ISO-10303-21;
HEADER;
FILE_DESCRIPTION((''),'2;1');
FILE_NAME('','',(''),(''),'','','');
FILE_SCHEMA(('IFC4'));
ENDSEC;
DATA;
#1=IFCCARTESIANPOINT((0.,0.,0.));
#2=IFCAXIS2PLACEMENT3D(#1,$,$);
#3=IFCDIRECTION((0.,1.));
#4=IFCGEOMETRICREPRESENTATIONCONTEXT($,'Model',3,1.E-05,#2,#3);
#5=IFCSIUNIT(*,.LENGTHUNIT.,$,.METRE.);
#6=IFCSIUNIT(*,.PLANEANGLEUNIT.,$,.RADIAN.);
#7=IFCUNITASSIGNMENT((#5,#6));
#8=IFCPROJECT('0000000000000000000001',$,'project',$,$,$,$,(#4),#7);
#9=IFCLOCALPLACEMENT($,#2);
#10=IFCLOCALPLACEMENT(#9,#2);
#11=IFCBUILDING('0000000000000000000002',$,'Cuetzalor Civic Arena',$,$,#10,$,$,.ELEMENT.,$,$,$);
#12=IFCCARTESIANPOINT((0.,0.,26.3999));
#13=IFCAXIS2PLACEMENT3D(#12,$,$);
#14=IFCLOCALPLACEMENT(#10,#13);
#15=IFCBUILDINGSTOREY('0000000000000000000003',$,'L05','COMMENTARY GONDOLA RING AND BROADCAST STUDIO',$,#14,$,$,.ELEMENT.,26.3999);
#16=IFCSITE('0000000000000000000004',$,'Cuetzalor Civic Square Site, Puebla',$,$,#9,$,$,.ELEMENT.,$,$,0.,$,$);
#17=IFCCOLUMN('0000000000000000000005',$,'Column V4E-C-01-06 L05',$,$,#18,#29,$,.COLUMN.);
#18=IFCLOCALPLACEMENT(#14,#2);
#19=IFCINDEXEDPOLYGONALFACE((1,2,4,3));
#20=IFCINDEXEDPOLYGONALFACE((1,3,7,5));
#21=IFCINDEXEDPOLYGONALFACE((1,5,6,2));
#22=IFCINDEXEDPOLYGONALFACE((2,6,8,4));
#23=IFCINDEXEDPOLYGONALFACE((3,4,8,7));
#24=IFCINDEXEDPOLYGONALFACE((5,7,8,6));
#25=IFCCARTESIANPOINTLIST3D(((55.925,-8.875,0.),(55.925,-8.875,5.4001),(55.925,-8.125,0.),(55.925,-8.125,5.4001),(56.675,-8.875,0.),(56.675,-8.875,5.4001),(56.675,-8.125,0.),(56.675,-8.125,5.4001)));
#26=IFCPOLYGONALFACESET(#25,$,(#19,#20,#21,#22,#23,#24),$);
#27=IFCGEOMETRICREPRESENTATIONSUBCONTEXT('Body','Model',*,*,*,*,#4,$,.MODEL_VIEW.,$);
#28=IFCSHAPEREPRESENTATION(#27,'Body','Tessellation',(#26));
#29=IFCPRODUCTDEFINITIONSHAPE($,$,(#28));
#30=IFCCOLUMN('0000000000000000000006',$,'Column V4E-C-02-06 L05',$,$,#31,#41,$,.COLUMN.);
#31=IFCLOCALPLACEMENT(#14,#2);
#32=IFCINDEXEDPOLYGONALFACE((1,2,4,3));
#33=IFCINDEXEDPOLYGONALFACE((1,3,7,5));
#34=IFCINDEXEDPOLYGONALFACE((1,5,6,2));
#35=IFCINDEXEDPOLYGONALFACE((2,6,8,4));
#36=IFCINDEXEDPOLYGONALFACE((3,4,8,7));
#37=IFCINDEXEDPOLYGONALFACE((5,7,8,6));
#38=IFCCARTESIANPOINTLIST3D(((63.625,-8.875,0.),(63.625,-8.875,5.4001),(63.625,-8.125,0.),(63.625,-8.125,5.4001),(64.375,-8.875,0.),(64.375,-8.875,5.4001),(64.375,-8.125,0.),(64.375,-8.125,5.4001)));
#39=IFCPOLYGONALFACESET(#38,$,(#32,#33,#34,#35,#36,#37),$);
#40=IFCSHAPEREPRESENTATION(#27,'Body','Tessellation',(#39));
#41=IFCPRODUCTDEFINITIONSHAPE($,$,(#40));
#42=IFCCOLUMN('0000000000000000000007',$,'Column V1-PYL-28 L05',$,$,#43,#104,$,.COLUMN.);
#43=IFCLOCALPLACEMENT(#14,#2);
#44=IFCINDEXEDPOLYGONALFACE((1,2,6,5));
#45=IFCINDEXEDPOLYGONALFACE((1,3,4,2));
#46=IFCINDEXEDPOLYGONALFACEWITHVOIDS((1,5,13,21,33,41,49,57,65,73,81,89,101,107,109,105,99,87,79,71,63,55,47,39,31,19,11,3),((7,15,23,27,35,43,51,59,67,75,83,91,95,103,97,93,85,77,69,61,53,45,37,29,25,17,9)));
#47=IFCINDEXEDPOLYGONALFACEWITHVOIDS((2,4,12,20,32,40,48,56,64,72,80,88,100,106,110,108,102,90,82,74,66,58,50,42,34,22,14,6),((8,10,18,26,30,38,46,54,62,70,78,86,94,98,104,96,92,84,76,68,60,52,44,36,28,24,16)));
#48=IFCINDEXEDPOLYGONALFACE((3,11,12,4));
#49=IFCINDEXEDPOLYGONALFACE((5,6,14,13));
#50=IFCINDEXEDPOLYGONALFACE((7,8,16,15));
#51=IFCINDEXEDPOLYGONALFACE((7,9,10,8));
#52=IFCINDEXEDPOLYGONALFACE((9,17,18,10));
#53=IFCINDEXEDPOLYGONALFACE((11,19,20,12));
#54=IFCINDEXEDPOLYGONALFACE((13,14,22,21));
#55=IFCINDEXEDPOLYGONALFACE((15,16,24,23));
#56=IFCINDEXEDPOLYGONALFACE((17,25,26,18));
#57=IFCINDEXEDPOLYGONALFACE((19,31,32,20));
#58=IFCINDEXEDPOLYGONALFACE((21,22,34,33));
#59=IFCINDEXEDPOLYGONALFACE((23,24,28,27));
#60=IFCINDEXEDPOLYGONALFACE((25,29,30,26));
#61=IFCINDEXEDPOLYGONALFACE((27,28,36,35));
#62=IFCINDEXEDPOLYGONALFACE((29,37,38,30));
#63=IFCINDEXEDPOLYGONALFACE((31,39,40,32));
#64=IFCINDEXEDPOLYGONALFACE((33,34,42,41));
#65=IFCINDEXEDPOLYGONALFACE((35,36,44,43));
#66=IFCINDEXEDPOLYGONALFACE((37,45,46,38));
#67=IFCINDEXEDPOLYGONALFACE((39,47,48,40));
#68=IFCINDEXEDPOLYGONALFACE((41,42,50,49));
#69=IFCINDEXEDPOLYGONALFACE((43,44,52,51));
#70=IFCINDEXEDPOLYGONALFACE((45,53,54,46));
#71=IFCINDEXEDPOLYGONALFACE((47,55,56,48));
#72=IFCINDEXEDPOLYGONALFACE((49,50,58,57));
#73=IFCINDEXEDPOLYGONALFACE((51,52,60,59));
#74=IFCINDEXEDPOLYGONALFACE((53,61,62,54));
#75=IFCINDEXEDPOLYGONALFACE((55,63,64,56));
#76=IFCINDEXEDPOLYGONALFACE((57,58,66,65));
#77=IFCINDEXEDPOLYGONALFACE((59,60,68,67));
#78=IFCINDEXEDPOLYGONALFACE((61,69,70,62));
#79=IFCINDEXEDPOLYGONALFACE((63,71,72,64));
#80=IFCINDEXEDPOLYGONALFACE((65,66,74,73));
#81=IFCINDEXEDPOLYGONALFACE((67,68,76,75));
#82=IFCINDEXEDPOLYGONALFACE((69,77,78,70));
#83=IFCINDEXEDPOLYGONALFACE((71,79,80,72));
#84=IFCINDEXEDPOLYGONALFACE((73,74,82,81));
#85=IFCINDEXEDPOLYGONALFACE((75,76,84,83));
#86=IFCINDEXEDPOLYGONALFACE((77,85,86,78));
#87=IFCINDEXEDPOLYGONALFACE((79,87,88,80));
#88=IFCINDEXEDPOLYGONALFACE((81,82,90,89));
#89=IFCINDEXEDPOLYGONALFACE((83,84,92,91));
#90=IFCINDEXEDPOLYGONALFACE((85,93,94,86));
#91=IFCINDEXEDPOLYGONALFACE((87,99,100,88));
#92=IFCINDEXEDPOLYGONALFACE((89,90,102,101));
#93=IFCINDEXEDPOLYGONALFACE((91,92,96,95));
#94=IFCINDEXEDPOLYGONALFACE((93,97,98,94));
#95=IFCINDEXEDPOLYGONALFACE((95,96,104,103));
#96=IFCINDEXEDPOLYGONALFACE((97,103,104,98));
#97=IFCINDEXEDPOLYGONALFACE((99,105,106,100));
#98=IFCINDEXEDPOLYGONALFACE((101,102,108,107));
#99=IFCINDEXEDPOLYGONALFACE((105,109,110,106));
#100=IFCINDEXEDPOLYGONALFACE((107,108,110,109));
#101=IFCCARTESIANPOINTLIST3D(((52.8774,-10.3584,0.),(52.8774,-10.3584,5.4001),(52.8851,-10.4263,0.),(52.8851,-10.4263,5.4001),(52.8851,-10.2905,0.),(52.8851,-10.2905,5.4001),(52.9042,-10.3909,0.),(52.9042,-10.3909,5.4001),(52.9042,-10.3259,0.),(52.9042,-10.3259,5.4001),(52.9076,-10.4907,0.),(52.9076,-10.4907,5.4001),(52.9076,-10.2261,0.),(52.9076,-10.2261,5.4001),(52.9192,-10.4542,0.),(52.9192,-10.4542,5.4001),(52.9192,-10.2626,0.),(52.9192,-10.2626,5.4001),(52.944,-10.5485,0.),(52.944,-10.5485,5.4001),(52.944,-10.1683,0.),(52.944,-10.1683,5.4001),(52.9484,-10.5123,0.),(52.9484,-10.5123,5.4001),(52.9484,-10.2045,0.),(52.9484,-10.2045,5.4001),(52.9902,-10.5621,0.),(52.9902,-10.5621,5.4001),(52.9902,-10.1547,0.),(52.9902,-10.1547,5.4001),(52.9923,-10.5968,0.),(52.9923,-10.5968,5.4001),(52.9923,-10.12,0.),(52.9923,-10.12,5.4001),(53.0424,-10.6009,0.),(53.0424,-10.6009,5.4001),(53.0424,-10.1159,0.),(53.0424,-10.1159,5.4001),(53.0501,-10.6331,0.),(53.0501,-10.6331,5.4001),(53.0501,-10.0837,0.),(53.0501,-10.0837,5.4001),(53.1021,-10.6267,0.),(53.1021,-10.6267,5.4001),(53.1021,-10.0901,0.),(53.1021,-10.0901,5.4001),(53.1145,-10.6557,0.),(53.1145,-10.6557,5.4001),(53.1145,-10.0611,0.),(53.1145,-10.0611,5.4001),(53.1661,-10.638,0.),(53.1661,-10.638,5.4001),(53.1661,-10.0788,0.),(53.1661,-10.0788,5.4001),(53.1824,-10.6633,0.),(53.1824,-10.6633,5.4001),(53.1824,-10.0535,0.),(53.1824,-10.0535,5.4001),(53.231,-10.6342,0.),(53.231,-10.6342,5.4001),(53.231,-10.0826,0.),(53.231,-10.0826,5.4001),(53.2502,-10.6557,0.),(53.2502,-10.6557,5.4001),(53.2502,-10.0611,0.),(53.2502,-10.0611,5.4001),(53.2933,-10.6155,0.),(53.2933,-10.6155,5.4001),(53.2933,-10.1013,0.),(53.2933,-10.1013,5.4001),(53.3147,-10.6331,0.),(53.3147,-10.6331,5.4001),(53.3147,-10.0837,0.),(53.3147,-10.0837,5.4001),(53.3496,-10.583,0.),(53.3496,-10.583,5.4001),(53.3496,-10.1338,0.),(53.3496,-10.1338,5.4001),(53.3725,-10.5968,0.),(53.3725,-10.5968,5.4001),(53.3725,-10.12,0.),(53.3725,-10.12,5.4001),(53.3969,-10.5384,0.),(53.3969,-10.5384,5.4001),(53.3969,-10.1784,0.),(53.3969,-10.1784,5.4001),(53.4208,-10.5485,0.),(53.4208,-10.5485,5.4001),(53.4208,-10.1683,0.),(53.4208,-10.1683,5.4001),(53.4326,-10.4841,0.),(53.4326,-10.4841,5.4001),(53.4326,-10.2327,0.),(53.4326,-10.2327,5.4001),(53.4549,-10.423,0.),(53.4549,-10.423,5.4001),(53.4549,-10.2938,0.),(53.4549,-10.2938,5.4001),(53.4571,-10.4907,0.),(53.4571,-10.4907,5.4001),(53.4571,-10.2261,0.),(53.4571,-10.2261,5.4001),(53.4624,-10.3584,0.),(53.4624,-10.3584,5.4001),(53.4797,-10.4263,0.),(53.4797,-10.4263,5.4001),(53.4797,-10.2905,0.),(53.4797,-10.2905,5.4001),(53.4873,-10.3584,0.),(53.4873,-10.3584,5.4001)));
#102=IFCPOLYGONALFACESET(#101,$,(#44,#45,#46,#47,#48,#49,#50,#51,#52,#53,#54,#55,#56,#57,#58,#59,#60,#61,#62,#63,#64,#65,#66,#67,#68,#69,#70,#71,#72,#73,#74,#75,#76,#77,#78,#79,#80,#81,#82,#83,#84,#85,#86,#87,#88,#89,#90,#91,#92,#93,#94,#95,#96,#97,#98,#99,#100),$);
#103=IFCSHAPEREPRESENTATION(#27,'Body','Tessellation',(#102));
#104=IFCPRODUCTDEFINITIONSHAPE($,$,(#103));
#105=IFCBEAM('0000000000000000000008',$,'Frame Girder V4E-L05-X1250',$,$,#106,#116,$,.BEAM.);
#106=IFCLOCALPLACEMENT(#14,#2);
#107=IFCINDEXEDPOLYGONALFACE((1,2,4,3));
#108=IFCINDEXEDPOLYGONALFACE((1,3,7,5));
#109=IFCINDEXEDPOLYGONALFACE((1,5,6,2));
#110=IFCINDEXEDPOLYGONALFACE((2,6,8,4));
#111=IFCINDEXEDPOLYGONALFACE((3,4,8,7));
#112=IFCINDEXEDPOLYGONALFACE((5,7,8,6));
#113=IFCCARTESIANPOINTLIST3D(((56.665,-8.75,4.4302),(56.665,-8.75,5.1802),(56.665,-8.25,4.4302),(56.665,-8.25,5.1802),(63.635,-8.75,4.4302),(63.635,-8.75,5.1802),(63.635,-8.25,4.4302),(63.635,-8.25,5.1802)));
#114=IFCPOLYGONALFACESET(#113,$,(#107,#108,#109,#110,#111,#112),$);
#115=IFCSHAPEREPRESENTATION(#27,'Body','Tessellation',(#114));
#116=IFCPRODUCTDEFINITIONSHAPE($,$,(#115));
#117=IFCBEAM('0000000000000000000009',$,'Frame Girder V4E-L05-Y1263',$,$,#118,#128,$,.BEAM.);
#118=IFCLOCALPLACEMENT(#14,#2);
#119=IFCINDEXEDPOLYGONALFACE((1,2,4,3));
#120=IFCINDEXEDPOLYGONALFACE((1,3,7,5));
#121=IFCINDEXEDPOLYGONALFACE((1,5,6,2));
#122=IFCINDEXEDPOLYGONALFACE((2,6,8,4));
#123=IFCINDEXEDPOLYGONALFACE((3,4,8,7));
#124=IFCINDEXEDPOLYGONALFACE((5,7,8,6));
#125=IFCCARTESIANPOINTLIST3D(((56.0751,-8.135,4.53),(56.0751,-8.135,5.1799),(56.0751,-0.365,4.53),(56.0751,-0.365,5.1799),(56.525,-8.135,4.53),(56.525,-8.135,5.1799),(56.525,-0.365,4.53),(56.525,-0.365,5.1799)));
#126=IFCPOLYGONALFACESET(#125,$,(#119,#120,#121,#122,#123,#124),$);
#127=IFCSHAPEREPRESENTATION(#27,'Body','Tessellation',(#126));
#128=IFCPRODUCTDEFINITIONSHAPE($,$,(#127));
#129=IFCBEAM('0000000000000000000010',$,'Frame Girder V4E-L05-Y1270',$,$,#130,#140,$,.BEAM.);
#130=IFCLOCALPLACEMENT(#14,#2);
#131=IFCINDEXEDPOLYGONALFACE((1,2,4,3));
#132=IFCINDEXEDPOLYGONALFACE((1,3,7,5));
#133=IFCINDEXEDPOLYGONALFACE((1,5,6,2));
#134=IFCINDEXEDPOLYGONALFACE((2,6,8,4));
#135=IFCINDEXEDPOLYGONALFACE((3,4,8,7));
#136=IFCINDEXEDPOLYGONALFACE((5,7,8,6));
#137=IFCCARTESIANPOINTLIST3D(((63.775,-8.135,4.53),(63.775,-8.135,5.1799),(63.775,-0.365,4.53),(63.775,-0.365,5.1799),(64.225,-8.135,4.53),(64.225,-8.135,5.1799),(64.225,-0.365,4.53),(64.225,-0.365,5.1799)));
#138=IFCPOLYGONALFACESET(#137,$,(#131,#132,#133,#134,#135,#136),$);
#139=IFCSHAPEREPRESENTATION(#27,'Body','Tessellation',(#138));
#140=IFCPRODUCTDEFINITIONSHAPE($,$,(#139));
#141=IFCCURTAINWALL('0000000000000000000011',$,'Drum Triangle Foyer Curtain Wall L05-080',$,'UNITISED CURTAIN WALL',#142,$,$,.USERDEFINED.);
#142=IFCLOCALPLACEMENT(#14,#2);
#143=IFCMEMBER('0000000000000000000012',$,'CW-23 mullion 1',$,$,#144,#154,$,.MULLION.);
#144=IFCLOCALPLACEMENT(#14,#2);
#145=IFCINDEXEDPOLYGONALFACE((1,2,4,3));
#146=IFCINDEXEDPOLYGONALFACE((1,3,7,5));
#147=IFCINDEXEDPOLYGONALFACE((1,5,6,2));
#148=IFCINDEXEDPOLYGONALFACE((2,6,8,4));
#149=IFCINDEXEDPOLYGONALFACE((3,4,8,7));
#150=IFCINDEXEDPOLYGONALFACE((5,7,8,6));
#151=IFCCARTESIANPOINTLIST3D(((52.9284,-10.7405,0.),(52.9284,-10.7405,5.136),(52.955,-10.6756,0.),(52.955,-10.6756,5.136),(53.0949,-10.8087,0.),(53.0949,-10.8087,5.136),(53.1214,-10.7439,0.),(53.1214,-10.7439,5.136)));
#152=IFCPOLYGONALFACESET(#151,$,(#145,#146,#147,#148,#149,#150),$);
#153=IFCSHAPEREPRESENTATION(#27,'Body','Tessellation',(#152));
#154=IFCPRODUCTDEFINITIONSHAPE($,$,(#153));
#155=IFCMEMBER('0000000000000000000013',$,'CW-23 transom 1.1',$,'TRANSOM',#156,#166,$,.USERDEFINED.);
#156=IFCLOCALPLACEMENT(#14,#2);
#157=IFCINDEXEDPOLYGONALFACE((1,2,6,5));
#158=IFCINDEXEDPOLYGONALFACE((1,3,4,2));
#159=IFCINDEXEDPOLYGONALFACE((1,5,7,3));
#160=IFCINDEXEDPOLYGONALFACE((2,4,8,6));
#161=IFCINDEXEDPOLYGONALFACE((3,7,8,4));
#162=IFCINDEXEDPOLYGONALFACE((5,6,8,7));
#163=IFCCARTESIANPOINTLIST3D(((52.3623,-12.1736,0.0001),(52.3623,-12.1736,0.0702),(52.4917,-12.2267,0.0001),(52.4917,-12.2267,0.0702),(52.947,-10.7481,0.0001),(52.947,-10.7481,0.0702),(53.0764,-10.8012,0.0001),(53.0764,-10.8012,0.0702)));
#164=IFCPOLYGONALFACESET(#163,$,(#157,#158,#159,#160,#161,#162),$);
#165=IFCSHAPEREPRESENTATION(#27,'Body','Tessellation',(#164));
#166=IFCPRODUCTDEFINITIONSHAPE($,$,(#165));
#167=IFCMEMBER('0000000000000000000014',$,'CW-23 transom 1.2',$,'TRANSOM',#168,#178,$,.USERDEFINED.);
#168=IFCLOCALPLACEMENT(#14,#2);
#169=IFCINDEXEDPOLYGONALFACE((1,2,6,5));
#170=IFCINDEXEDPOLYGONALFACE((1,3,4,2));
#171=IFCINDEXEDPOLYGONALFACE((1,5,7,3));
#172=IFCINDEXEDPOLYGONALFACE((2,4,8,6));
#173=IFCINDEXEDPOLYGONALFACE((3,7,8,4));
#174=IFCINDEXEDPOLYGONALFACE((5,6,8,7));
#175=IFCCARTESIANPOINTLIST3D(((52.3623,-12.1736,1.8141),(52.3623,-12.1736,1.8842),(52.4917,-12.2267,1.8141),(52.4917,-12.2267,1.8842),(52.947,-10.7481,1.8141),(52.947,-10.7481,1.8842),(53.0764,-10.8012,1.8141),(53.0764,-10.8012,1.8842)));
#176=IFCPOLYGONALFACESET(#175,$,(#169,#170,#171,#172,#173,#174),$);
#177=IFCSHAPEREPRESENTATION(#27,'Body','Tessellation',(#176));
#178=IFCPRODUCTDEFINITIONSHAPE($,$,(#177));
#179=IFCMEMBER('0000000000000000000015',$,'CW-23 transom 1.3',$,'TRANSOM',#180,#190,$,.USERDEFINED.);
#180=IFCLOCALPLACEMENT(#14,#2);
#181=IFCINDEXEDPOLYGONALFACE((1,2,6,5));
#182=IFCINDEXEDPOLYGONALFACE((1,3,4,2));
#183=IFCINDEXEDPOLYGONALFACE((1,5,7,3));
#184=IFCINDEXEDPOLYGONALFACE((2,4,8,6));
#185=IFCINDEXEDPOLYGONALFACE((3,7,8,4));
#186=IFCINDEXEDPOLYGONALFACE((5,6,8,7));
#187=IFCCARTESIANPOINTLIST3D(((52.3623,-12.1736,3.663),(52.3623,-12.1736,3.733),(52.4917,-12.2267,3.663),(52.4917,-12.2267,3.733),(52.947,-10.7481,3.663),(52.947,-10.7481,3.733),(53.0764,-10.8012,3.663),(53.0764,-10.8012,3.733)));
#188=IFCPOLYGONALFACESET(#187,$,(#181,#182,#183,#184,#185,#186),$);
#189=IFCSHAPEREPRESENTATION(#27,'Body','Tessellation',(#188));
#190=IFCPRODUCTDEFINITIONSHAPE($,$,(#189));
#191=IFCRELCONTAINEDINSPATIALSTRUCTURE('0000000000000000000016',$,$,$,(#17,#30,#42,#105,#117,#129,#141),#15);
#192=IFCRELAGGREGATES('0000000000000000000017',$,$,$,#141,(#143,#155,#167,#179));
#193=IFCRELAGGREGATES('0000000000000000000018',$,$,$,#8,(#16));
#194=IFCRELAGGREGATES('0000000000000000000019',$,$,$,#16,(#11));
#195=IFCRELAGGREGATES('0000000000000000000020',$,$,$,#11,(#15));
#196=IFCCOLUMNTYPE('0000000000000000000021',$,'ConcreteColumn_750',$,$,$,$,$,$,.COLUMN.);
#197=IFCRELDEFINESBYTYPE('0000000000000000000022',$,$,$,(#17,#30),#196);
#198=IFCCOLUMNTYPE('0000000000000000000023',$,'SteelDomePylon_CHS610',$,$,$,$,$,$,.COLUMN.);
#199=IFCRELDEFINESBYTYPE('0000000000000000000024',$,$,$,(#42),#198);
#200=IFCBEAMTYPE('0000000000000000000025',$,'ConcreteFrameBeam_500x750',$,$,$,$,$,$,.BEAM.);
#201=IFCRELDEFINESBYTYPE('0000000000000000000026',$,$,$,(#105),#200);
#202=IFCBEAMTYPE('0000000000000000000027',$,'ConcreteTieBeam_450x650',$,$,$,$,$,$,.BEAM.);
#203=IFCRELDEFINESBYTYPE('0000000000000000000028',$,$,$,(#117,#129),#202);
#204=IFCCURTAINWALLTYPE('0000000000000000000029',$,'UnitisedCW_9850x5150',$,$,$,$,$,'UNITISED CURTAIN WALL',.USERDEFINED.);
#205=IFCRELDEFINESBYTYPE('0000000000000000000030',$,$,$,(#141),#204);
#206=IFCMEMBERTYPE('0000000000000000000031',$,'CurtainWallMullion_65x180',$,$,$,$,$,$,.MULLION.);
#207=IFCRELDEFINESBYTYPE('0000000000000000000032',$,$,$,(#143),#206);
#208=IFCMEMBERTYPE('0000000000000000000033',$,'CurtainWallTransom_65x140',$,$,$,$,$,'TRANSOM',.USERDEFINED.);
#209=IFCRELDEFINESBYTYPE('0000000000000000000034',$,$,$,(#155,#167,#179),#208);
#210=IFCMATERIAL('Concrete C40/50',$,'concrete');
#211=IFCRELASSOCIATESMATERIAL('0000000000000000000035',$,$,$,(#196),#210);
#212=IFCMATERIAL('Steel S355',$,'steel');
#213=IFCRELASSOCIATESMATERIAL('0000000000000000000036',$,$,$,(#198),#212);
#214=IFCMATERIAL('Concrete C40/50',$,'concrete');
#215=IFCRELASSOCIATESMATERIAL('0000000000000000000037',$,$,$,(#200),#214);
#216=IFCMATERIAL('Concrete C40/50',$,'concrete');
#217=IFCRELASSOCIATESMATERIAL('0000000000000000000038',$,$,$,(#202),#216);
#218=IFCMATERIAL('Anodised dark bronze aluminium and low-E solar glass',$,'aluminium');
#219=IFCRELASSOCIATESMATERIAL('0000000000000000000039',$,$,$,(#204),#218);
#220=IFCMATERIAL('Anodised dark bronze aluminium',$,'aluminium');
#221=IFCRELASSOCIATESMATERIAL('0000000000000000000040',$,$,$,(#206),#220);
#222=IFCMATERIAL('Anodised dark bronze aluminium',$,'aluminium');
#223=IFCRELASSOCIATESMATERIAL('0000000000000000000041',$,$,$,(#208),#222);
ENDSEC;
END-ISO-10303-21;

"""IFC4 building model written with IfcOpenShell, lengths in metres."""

from ifc_helpers import new_model, si_unit, direction, frame, origin, origin_2d, place, context, subcontext, project, spatial, rectangle, hollow_circle, extrude, material, material_profile, profile_set, type_object, element, aggregate, save


model = new_model("IFC4")

# Units and contexts
model_context = context("Model", 3, precision=1e-05, world=origin(), true_north=direction((0.0, 1.0)))
body_context = subcontext(model_context, "Body", "Model", "MODEL_VIEW")
ifc_project = project(units=[si_unit("LENGTHUNIT", "METRE"), si_unit("PLANEANGLEUNIT", "RADIAN")], contexts=[model_context])

# Site, building, storey
site_placement = place(None, origin())
site = spatial("IfcSite", under=ifc_project, at=site_placement, Name="Cuetzalor Civic Square Site, Puebla", CompositionType="ELEMENT", RefElevation=0.0)
building_placement = place(site_placement, origin())
building = spatial("IfcBuilding", under=site, at=building_placement, Name="Cuetzalor Civic Arena", CompositionType="ELEMENT")
storey_placement = place(building_placement, frame((0.0, 0.0, 26.3999)))
storey = spatial("IfcBuildingStorey", under=building, at=storey_placement, Name="L05", Description="COMMENTARY GONDOLA RING AND BROADCAST STUDIO", CompositionType="ELEMENT", Elevation=26.3999)

# Columns
ifc_material_1 = material(Name="Concrete C40/50", Category="concrete")
ifc_material_profile_1 = material_profile(ifc_material_1, rectangle(XDim=0.75, YDim=0.75, at=origin_2d()), Name="RC 750x750")
ifc_profile_set_1 = profile_set([ifc_material_profile_1], Name="Concrete C40/50")
column_type_1 = type_object("IfcColumnType", Name="ConcreteColumn_750", PredefinedType="COLUMN", material=ifc_profile_set_1)
for number, where, z_axis, x_axis, name in (
    (1, (56.3, -8.5, 0.0), (0.0, 0.0, 1.0), (1.0, 0.0, 0.0), "Column V4E-C-01-06 L05"),
    (2, (64.0, -8.5, 0.0), (0.0, 0.0, 1.0), (1.0, 0.0, 0.0), "Column V4E-C-02-06 L05"),
):
    element("IfcColumn", number, at=place(storey_placement, frame(where, z_axis=z_axis, x_axis=x_axis)), inside=storey, type_object=column_type_1, Name=name, PredefinedType="COLUMN", context=body_context, shape_type="SweptSolid", body=[
        extrude(rectangle(XDim=0.75, YDim=0.75, at=origin_2d()), origin(), (0.0, 0.0, 1.0), 5.4001),
    ])
ifc_material_2 = material(Name="Steel S355", Category="steel")
ifc_material_profile_2 = material_profile(ifc_material_2, hollow_circle(Radius=0.3049, WallThickness=0.0249, at=origin_2d()), Name="CHS 610x25")
ifc_profile_set_2 = profile_set([ifc_material_profile_2], Name="Steel S355")
column_type_2 = type_object("IfcColumnType", Name="SteelDomePylon_CHS610", PredefinedType="COLUMN", material=ifc_profile_set_2)
column_placement = place(storey_placement, frame((53.1824, -10.3584, 0.0), z_axis=(0.0, 0.0, 1.0), x_axis=(1.0, 0.0, 0.0)))
element("IfcColumn", 3, at=column_placement, inside=storey, type_object=column_type_2, Name="Column V1-PYL-28 L05", PredefinedType="COLUMN", context=body_context, shape_type="SweptSolid", body=[
    extrude(hollow_circle(Radius=0.3049, WallThickness=0.0249, at=origin_2d()), origin(), (0.0, 0.0, 1.0), 5.4001),
])

# Beams
ifc_material_3 = material(Name="Concrete C40/50", Category="concrete")
ifc_material_profile_3 = material_profile(ifc_material_3, rectangle(XDim=0.5, YDim=0.75, at=origin_2d()), Name="RC 500x750")
ifc_profile_set_3 = profile_set([ifc_material_profile_3], Name="Concrete C40/50")
beam_type_1 = type_object("IfcBeamType", Name="ConcreteFrameBeam_500x750", PredefinedType="BEAM", material=ifc_profile_set_3)
beam_placement = place(storey_placement, frame((56.665, -8.5, 4.8052), z_axis=(1.0, 0.0, 0.0), x_axis=(0.0, 1.0, 0.0)))
element("IfcBeam", 4, at=beam_placement, inside=storey, type_object=beam_type_1, Name="Frame Girder V4E-L05-X1250", PredefinedType="BEAM", context=body_context, shape_type="SweptSolid", body=[
    extrude(rectangle(XDim=0.5, YDim=0.75, at=origin_2d()), origin(), (0.0, 0.0, 1.0), 6.97),
])
ifc_material_4 = material(Name="Concrete C40/50", Category="concrete")
ifc_material_profile_4 = material_profile(ifc_material_4, rectangle(XDim=0.45, YDim=0.6499, at=origin_2d()), Name="RC 450x650")
ifc_profile_set_4 = profile_set([ifc_material_profile_4], Name="Concrete C40/50")
beam_type_2 = type_object("IfcBeamType", Name="ConcreteTieBeam_450x650", PredefinedType="BEAM", material=ifc_profile_set_4)
for number, where, z_axis, x_axis, name in (
    (5, (56.3, -8.135, 4.855), (0.0, 1.0, 0.0), (-1.0, 0.0, 0.0), "Frame Girder V4E-L05-Y1263"),
    (6, (64.0, -8.135, 4.855), (0.0, 1.0, 0.0), (-1.0, 0.0, 0.0), "Frame Girder V4E-L05-Y1270"),
):
    element("IfcBeam", number, at=place(storey_placement, frame(where, z_axis=z_axis, x_axis=x_axis)), inside=storey, type_object=beam_type_2, Name=name, PredefinedType="BEAM", context=body_context, shape_type="SweptSolid", body=[
        extrude(rectangle(XDim=0.45, YDim=0.6499, at=origin_2d()), origin(), (0.0, 0.0, 1.0), 7.77),
    ])

# Curtain wall, members
ifc_material_5 = material(Name="Anodised dark bronze aluminium and low-E solar glass", Category="aluminium")
curtain_wall_type = type_object("IfcCurtainWallType", Name="UnitisedCW_9850x5150", ElementType="UNITISED CURTAIN WALL", PredefinedType="USERDEFINED", material=ifc_material_5)
curtain_wall_placement = place(storey_placement, origin())
curtain_wall = element("IfcCurtainWall", 7, at=curtain_wall_placement, inside=storey, type_object=curtain_wall_type, Name="Drum Triangle Foyer Curtain Wall L05-080", ObjectType="UNITISED CURTAIN WALL", PredefinedType="USERDEFINED")
ifc_material_6 = material(Name="Anodised dark bronze aluminium", Category="aluminium")
ifc_material_profile_5 = material_profile(ifc_material_6, rectangle(XDim=0.0701, YDim=0.1799, at=origin_2d()), Name="ALU MULLION 70x180")
ifc_profile_set_5 = profile_set([ifc_material_profile_5], Name="Anodised dark bronze aluminium")
member_type_1 = type_object("IfcMemberType", Name="CurtainWallMullion_65x180", PredefinedType="MULLION", material=ifc_profile_set_5)
member_1_placement = place(storey_placement, frame((53.0249, -10.7422, 0.0), z_axis=(0.0, 0.0, 1.0), x_axis=(-0.379391, -0.925236, 0.0)))
member_1 = element("IfcMember", 8, at=member_1_placement, type_object=member_type_1, Name="CW-23 mullion 1", PredefinedType="MULLION", context=body_context, shape_type="SweptSolid", body=[
    extrude(rectangle(XDim=0.0701, YDim=0.1799, at=origin_2d()), origin(), (0.0, 0.0, 1.0), 5.136),
])
ifc_material_7 = material(Name="Anodised dark bronze aluminium", Category="aluminium")
ifc_material_profile_6 = material_profile(ifc_material_7, rectangle(XDim=0.1399, YDim=0.0701, at=origin_2d()), Name="ALU TRANSOM 70x140")
ifc_profile_set_6 = profile_set([ifc_material_profile_6], Name="Anodised dark bronze aluminium")
member_type_2 = type_object("IfcMemberType", Name="CurtainWallTransom_65x140", ElementType="TRANSOM", PredefinedType="USERDEFINED", material=ifc_profile_set_6)
member_2_placement = place(storey_placement, frame((53.0117, -10.7747, 0.0352), z_axis=(-0.37949, -0.925196, 0.0), x_axis=(0.925196, -0.37949, 0.0)))
member_2 = element("IfcMember", 9, at=member_2_placement, type_object=member_type_2, Name="CW-23 transom 1.1", ObjectType="TRANSOM", PredefinedType="USERDEFINED", context=body_context, shape_type="SweptSolid", body=[
    extrude(rectangle(XDim=0.1399, YDim=0.0701, at=origin_2d()), origin(), (0.0, 0.0, 1.0), 1.5408),
])
member_3_placement = place(storey_placement, frame((53.0117, -10.7747, 1.8491), z_axis=(-0.37949, -0.925196, 0.0), x_axis=(0.925196, -0.37949, 0.0)))
member_3 = element("IfcMember", 10, at=member_3_placement, type_object=member_type_2, Name="CW-23 transom 1.2", ObjectType="TRANSOM", PredefinedType="USERDEFINED", context=body_context, shape_type="SweptSolid", body=[
    extrude(rectangle(XDim=0.1399, YDim=0.0701, at=origin_2d()), origin(), (0.0, 0.0, 1.0), 1.5408),
])
member_4_placement = place(storey_placement, frame((53.0117, -10.7747, 3.698), z_axis=(-0.37949, -0.925196, 0.0), x_axis=(0.925196, -0.37949, 0.0)))
member_4 = element("IfcMember", 11, at=member_4_placement, type_object=member_type_2, Name="CW-23 transom 1.3", ObjectType="TRANSOM", PredefinedType="USERDEFINED", context=body_context, shape_type="SweptSolid", body=[
    extrude(rectangle(XDim=0.1399, YDim=0.0701, at=origin_2d()), origin(), (0.0, 0.0, 1.0), 1.5408),
])
aggregate(curtain_wall, [member_1, member_2, member_3, member_4])

save(model, "model.ifc")
